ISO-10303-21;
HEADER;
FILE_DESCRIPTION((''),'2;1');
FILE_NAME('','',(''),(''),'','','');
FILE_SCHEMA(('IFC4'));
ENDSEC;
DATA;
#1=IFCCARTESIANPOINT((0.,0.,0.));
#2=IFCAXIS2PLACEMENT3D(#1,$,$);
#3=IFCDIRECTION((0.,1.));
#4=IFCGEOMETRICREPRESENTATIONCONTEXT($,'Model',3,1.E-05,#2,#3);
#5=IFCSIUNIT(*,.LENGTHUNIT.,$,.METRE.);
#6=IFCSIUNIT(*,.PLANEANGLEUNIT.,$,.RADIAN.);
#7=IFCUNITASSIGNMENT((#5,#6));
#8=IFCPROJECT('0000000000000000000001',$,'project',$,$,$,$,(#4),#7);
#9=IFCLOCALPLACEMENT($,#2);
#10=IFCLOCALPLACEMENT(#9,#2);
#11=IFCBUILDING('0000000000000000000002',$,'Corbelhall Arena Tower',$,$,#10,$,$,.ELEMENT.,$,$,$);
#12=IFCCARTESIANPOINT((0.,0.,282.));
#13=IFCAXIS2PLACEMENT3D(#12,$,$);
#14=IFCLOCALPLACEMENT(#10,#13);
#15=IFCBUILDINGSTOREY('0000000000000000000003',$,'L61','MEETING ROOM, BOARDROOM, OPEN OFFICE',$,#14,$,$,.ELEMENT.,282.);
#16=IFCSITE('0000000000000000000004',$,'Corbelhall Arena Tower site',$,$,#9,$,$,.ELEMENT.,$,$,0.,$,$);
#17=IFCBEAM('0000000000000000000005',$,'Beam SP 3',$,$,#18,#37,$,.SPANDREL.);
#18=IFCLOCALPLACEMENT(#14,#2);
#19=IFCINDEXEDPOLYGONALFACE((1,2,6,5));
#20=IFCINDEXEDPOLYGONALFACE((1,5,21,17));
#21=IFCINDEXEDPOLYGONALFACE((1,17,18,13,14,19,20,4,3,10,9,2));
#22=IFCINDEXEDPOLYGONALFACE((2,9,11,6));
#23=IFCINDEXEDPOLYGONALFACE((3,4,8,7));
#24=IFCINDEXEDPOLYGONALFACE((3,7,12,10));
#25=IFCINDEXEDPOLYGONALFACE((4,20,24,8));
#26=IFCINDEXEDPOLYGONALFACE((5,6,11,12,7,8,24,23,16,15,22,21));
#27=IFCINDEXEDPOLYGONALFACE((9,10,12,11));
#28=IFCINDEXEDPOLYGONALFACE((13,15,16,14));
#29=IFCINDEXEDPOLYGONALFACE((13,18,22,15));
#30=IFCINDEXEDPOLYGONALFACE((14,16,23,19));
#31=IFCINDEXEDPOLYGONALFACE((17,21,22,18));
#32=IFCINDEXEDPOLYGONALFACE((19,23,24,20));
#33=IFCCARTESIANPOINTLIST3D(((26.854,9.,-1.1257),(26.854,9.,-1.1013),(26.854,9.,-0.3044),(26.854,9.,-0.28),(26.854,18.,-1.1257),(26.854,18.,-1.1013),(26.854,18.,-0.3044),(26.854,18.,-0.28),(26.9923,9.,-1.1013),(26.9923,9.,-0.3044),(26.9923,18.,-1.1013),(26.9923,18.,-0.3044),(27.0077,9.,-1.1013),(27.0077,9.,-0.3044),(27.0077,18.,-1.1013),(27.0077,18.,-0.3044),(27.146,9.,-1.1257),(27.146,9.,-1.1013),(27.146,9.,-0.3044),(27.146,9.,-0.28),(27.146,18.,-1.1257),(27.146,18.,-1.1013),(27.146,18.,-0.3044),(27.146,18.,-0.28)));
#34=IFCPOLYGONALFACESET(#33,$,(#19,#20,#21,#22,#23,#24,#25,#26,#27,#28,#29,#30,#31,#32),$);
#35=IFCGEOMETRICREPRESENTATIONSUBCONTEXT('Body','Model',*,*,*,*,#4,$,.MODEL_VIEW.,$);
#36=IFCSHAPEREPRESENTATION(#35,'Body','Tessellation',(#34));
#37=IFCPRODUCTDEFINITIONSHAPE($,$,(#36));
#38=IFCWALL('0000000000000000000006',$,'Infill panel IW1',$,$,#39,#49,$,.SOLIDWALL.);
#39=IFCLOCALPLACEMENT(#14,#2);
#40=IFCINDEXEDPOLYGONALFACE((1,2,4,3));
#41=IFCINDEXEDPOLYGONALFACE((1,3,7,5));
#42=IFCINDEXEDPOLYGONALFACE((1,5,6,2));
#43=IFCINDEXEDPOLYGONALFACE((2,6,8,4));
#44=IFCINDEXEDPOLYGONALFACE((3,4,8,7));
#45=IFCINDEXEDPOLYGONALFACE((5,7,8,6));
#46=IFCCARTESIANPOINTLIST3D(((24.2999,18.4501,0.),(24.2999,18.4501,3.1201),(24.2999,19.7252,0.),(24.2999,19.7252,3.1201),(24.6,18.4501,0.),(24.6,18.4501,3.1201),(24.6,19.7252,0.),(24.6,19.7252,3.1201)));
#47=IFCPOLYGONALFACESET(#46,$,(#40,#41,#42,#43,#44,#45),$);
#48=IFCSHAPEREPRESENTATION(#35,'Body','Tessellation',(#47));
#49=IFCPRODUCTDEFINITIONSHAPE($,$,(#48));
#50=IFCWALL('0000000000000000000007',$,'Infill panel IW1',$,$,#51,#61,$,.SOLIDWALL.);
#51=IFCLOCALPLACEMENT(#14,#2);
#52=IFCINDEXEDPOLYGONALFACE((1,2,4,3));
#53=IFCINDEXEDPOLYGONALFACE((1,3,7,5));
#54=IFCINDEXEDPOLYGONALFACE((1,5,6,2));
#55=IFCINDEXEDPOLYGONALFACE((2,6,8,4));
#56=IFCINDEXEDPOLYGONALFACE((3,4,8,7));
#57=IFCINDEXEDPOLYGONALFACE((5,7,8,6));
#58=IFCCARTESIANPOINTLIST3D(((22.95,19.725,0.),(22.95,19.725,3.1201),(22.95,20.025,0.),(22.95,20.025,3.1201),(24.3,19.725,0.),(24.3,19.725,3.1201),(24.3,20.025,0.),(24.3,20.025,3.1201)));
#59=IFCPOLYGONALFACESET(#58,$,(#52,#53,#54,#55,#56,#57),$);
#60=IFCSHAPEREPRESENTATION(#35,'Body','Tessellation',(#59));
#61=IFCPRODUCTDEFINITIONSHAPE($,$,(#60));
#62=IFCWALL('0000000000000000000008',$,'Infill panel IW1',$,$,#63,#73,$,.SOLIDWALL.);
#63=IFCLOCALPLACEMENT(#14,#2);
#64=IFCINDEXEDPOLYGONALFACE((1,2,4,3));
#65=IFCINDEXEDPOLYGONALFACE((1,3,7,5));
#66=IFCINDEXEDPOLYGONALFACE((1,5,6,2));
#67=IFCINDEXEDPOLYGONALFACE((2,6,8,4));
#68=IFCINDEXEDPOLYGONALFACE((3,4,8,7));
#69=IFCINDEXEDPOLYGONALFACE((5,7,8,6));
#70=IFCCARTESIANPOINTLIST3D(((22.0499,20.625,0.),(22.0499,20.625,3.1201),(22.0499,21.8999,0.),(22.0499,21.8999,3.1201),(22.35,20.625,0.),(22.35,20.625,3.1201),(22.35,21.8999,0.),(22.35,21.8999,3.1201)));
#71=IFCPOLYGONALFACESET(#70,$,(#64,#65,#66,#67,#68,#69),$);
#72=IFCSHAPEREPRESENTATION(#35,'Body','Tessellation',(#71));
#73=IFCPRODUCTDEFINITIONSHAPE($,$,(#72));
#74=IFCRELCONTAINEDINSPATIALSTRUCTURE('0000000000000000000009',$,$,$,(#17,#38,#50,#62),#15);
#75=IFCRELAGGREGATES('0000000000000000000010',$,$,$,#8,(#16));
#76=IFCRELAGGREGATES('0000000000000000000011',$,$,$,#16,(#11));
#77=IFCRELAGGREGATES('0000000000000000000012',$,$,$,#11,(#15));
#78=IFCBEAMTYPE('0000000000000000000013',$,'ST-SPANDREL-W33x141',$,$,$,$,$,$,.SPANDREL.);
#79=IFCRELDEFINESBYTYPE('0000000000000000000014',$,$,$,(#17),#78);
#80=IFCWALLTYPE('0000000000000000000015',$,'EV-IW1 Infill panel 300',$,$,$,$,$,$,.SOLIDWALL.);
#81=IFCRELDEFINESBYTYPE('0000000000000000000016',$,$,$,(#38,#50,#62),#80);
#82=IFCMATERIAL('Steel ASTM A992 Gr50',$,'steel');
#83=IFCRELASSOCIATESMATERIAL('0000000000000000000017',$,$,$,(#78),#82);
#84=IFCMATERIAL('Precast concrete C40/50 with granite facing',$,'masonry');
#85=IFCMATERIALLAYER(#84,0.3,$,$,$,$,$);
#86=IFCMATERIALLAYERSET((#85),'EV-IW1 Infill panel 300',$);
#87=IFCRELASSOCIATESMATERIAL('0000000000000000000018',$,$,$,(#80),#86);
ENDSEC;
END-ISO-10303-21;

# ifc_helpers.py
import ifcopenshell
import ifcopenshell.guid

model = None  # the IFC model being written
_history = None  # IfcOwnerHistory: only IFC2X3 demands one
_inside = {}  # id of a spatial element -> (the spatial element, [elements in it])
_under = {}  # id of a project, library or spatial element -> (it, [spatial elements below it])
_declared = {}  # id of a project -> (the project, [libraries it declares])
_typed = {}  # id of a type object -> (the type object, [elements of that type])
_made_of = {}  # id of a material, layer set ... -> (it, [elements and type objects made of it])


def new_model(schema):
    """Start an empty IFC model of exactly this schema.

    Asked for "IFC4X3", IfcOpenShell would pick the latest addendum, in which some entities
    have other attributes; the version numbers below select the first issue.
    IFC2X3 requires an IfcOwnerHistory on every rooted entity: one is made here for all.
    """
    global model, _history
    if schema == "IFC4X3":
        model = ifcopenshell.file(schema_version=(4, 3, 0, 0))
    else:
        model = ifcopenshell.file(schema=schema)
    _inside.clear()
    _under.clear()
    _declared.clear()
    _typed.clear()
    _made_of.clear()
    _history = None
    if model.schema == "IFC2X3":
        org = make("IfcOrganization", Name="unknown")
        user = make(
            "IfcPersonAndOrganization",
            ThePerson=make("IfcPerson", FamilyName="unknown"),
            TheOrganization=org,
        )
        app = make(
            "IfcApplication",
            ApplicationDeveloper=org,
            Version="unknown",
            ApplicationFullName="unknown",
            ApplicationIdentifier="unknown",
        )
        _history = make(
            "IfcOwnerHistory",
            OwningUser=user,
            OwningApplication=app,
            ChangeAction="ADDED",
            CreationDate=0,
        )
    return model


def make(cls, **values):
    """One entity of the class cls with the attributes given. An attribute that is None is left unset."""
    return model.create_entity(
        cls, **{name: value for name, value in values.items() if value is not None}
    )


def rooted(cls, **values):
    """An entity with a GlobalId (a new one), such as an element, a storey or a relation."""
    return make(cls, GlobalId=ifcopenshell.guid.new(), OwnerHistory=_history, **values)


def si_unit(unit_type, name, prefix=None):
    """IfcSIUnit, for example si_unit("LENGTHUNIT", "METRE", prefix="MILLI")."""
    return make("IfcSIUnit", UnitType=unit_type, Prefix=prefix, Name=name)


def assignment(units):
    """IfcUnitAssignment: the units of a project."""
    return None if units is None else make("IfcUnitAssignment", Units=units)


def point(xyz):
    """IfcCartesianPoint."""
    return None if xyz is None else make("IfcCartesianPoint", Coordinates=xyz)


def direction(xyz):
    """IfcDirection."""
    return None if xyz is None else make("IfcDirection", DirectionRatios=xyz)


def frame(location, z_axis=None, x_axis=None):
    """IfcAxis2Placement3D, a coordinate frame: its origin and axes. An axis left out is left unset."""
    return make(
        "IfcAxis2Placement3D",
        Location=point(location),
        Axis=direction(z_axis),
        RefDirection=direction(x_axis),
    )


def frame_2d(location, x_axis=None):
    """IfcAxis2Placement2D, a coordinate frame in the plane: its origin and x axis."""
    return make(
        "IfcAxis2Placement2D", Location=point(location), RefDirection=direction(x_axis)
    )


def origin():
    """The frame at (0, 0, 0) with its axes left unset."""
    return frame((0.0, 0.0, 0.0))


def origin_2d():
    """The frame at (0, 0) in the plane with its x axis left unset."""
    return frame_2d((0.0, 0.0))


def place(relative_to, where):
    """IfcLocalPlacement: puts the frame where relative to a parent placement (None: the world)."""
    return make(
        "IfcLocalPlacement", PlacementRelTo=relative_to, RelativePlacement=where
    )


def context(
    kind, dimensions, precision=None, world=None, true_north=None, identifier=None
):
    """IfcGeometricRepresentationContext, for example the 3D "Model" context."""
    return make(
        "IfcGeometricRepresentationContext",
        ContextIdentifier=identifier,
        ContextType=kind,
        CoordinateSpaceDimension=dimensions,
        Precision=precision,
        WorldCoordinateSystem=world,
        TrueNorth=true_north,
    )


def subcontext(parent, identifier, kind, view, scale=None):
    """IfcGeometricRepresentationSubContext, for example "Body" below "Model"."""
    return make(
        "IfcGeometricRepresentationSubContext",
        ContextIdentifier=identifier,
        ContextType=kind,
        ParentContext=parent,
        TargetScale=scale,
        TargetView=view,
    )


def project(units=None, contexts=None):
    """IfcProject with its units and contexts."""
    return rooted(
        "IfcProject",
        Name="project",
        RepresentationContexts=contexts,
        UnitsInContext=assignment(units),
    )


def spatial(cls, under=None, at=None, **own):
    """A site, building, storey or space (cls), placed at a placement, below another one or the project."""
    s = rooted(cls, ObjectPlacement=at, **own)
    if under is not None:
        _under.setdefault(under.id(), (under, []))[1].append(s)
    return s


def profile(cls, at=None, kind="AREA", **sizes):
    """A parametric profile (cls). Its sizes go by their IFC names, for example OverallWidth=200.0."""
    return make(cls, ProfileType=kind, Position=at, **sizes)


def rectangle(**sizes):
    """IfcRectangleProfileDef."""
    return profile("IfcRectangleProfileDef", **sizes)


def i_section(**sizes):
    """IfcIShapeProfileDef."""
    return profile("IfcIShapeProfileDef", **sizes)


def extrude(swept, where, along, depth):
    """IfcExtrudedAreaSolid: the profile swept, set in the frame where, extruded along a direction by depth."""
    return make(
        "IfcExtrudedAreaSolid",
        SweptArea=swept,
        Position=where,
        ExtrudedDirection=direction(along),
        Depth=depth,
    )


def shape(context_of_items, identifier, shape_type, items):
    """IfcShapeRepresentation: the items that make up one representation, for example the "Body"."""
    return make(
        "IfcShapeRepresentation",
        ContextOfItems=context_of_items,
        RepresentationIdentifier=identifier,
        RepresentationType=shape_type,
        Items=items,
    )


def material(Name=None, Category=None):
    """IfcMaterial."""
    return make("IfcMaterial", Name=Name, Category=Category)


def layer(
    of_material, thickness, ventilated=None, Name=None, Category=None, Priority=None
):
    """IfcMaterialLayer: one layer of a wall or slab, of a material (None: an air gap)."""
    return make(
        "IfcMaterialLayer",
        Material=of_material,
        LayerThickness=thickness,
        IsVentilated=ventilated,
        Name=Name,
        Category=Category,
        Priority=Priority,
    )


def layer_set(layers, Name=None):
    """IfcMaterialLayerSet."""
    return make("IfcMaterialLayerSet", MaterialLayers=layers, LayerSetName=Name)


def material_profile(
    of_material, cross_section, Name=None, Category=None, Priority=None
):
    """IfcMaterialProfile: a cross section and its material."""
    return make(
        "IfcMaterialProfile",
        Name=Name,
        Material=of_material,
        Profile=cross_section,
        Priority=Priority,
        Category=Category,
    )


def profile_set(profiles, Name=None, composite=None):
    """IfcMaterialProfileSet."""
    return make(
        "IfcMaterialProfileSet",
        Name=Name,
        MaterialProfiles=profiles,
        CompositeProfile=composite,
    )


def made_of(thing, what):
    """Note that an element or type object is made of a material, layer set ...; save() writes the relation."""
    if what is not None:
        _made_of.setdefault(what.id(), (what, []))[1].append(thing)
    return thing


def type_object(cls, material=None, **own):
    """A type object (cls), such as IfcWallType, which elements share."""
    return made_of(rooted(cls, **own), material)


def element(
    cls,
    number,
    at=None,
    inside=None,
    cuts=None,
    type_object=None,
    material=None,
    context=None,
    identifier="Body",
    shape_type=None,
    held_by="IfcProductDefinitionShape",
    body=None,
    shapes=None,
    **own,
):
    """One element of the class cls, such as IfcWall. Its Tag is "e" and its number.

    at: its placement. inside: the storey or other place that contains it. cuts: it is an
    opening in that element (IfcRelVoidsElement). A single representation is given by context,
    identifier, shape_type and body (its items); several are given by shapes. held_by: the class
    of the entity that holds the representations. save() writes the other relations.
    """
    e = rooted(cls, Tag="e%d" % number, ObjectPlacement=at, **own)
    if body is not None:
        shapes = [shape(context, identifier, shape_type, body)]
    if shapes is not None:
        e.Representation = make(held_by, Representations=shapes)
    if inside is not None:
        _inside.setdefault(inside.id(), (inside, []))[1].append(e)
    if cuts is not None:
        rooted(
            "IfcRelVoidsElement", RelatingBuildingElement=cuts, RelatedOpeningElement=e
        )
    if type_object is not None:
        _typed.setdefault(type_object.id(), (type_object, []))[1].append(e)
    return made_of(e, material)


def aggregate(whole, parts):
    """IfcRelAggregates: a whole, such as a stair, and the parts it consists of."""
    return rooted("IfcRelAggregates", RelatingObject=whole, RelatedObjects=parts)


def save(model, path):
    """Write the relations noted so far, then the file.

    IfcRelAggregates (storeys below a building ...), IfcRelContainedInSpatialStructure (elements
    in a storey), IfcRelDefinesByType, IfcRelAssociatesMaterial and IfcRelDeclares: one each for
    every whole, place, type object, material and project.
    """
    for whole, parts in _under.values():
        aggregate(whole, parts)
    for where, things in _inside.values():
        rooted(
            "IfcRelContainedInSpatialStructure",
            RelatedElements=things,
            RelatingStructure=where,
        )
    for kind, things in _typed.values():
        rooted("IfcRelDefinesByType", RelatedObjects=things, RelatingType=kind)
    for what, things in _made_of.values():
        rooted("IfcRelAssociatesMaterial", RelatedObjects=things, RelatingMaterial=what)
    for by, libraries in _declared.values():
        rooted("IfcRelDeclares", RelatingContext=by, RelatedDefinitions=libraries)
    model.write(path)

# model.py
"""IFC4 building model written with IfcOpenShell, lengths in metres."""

from ifc_helpers import new_model, si_unit, direction, frame, frame_2d, origin, origin_2d, place, context, subcontext, project, spatial, rectangle, i_section, extrude, material, layer, layer_set, material_profile, profile_set, type_object, element, save


model = new_model("IFC4")

# Units and contexts
model_context = context("Model", 3, precision=1e-05, world=origin(), true_north=direction((0.0, 1.0)))
body_context = subcontext(model_context, "Body", "Model", "MODEL_VIEW")
ifc_project = project(units=[si_unit("LENGTHUNIT", "METRE"), si_unit("PLANEANGLEUNIT", "RADIAN")], contexts=[model_context])

# Site, building, storey
site_placement = place(None, origin())
site = spatial("IfcSite", under=ifc_project, at=site_placement, Name="Corbelhall Arena Tower site", CompositionType="ELEMENT", RefElevation=0.0)
building_placement = place(site_placement, origin())
building = spatial("IfcBuilding", under=site, at=building_placement, Name="Corbelhall Arena Tower", CompositionType="ELEMENT")
storey_placement = place(building_placement, frame((0.0, 0.0, 282.0)))
storey = spatial("IfcBuildingStorey", under=building, at=storey_placement, Name="L61", Description="MEETING ROOM, BOARDROOM, OPEN OFFICE", CompositionType="ELEMENT", Elevation=282.0)

# Beam
ifc_material_1 = material(Name="Steel ASTM A992 Gr50", Category="steel")
ifc_material_profile_1 = material_profile(ifc_material_1, i_section(OverallWidth=0.292, OverallDepth=0.8457, WebThickness=0.0154, FlangeThickness=0.0244, at=origin_2d()))
ifc_profile_set_1 = profile_set([ifc_material_profile_1], Name="Steel ASTM A992 Gr50")
beam_type_1 = type_object("IfcBeamType", Name="ST-SPANDREL-W33x141", PredefinedType="SPANDREL", material=ifc_profile_set_1)
beam_1_placement = place(storey_placement, frame((27.0, 18.0, -0.7029), z_axis=(0.0, -1.0, 0.0), x_axis=(1.0, 0.0, 0.0)))
element("IfcBeam", 1, at=beam_1_placement, inside=storey, type_object=beam_type_1, Name="Beam SP 3", PredefinedType="SPANDREL", context=body_context, shape_type="SweptSolid", body=[
    extrude(i_section(OverallWidth=0.292, OverallDepth=0.8457, WebThickness=0.0154, FlangeThickness=0.0244, at=origin_2d()), origin(), (0.0, 0.0, 1.0), 9.0),
])

# Walls
ifc_material_2 = material(Name="Precast concrete C40/50 with granite facing", Category="masonry")
ifc_layer_1 = layer(ifc_material_2, 0.3)
ifc_layer_set_1 = layer_set([ifc_layer_1], Name="EV-IW1 Infill panel 300")
wall_type_1 = type_object("IfcWallType", Name="EV-IW1 Infill panel 300", PredefinedType="SOLIDWALL", material=ifc_layer_set_1)
wall_1_placement = place(storey_placement, frame((24.45, 18.45, 0.0), z_axis=(0.0, 0.0, 1.0), x_axis=(0.0, 1.0, 0.0)))
element("IfcWall", 2, at=wall_1_placement, inside=storey, type_object=wall_type_1, Name="Infill panel IW1", PredefinedType="SOLIDWALL", context=body_context, shape_type="SweptSolid", body=[
    extrude(rectangle(XDim=1.2751, YDim=0.3, at=frame_2d((0.6377, 0.0))), origin(), (0.0, 0.0, 1.0), 3.1201),
])
wall_2_placement = place(storey_placement, frame((24.3, 19.875, 0.0), z_axis=(0.0, 0.0, 1.0), x_axis=(-1.0, 0.0, 0.0)))
element("IfcWall", 3, at=wall_2_placement, inside=storey, type_object=wall_type_1, Name="Infill panel IW1", PredefinedType="SOLIDWALL", context=body_context, shape_type="SweptSolid", body=[
    extrude(rectangle(XDim=1.3501, YDim=0.3, at=frame_2d((0.675, 0.0))), origin(), (0.0, 0.0, 1.0), 3.1201),
])
wall_3_placement = place(storey_placement, frame((22.2, 20.625, 0.0), z_axis=(0.0, 0.0, 1.0), x_axis=(0.0, 1.0, 0.0)))
element("IfcWall", 4, at=wall_3_placement, inside=storey, type_object=wall_type_1, Name="Infill panel IW1", PredefinedType="SOLIDWALL", context=body_context, shape_type="SweptSolid", body=[
    extrude(rectangle(XDim=1.2749, YDim=0.3, at=frame_2d((0.6375, 0.0))), origin(), (0.0, 0.0, 1.0), 3.1201),
])

save(model, "model.ifc")
